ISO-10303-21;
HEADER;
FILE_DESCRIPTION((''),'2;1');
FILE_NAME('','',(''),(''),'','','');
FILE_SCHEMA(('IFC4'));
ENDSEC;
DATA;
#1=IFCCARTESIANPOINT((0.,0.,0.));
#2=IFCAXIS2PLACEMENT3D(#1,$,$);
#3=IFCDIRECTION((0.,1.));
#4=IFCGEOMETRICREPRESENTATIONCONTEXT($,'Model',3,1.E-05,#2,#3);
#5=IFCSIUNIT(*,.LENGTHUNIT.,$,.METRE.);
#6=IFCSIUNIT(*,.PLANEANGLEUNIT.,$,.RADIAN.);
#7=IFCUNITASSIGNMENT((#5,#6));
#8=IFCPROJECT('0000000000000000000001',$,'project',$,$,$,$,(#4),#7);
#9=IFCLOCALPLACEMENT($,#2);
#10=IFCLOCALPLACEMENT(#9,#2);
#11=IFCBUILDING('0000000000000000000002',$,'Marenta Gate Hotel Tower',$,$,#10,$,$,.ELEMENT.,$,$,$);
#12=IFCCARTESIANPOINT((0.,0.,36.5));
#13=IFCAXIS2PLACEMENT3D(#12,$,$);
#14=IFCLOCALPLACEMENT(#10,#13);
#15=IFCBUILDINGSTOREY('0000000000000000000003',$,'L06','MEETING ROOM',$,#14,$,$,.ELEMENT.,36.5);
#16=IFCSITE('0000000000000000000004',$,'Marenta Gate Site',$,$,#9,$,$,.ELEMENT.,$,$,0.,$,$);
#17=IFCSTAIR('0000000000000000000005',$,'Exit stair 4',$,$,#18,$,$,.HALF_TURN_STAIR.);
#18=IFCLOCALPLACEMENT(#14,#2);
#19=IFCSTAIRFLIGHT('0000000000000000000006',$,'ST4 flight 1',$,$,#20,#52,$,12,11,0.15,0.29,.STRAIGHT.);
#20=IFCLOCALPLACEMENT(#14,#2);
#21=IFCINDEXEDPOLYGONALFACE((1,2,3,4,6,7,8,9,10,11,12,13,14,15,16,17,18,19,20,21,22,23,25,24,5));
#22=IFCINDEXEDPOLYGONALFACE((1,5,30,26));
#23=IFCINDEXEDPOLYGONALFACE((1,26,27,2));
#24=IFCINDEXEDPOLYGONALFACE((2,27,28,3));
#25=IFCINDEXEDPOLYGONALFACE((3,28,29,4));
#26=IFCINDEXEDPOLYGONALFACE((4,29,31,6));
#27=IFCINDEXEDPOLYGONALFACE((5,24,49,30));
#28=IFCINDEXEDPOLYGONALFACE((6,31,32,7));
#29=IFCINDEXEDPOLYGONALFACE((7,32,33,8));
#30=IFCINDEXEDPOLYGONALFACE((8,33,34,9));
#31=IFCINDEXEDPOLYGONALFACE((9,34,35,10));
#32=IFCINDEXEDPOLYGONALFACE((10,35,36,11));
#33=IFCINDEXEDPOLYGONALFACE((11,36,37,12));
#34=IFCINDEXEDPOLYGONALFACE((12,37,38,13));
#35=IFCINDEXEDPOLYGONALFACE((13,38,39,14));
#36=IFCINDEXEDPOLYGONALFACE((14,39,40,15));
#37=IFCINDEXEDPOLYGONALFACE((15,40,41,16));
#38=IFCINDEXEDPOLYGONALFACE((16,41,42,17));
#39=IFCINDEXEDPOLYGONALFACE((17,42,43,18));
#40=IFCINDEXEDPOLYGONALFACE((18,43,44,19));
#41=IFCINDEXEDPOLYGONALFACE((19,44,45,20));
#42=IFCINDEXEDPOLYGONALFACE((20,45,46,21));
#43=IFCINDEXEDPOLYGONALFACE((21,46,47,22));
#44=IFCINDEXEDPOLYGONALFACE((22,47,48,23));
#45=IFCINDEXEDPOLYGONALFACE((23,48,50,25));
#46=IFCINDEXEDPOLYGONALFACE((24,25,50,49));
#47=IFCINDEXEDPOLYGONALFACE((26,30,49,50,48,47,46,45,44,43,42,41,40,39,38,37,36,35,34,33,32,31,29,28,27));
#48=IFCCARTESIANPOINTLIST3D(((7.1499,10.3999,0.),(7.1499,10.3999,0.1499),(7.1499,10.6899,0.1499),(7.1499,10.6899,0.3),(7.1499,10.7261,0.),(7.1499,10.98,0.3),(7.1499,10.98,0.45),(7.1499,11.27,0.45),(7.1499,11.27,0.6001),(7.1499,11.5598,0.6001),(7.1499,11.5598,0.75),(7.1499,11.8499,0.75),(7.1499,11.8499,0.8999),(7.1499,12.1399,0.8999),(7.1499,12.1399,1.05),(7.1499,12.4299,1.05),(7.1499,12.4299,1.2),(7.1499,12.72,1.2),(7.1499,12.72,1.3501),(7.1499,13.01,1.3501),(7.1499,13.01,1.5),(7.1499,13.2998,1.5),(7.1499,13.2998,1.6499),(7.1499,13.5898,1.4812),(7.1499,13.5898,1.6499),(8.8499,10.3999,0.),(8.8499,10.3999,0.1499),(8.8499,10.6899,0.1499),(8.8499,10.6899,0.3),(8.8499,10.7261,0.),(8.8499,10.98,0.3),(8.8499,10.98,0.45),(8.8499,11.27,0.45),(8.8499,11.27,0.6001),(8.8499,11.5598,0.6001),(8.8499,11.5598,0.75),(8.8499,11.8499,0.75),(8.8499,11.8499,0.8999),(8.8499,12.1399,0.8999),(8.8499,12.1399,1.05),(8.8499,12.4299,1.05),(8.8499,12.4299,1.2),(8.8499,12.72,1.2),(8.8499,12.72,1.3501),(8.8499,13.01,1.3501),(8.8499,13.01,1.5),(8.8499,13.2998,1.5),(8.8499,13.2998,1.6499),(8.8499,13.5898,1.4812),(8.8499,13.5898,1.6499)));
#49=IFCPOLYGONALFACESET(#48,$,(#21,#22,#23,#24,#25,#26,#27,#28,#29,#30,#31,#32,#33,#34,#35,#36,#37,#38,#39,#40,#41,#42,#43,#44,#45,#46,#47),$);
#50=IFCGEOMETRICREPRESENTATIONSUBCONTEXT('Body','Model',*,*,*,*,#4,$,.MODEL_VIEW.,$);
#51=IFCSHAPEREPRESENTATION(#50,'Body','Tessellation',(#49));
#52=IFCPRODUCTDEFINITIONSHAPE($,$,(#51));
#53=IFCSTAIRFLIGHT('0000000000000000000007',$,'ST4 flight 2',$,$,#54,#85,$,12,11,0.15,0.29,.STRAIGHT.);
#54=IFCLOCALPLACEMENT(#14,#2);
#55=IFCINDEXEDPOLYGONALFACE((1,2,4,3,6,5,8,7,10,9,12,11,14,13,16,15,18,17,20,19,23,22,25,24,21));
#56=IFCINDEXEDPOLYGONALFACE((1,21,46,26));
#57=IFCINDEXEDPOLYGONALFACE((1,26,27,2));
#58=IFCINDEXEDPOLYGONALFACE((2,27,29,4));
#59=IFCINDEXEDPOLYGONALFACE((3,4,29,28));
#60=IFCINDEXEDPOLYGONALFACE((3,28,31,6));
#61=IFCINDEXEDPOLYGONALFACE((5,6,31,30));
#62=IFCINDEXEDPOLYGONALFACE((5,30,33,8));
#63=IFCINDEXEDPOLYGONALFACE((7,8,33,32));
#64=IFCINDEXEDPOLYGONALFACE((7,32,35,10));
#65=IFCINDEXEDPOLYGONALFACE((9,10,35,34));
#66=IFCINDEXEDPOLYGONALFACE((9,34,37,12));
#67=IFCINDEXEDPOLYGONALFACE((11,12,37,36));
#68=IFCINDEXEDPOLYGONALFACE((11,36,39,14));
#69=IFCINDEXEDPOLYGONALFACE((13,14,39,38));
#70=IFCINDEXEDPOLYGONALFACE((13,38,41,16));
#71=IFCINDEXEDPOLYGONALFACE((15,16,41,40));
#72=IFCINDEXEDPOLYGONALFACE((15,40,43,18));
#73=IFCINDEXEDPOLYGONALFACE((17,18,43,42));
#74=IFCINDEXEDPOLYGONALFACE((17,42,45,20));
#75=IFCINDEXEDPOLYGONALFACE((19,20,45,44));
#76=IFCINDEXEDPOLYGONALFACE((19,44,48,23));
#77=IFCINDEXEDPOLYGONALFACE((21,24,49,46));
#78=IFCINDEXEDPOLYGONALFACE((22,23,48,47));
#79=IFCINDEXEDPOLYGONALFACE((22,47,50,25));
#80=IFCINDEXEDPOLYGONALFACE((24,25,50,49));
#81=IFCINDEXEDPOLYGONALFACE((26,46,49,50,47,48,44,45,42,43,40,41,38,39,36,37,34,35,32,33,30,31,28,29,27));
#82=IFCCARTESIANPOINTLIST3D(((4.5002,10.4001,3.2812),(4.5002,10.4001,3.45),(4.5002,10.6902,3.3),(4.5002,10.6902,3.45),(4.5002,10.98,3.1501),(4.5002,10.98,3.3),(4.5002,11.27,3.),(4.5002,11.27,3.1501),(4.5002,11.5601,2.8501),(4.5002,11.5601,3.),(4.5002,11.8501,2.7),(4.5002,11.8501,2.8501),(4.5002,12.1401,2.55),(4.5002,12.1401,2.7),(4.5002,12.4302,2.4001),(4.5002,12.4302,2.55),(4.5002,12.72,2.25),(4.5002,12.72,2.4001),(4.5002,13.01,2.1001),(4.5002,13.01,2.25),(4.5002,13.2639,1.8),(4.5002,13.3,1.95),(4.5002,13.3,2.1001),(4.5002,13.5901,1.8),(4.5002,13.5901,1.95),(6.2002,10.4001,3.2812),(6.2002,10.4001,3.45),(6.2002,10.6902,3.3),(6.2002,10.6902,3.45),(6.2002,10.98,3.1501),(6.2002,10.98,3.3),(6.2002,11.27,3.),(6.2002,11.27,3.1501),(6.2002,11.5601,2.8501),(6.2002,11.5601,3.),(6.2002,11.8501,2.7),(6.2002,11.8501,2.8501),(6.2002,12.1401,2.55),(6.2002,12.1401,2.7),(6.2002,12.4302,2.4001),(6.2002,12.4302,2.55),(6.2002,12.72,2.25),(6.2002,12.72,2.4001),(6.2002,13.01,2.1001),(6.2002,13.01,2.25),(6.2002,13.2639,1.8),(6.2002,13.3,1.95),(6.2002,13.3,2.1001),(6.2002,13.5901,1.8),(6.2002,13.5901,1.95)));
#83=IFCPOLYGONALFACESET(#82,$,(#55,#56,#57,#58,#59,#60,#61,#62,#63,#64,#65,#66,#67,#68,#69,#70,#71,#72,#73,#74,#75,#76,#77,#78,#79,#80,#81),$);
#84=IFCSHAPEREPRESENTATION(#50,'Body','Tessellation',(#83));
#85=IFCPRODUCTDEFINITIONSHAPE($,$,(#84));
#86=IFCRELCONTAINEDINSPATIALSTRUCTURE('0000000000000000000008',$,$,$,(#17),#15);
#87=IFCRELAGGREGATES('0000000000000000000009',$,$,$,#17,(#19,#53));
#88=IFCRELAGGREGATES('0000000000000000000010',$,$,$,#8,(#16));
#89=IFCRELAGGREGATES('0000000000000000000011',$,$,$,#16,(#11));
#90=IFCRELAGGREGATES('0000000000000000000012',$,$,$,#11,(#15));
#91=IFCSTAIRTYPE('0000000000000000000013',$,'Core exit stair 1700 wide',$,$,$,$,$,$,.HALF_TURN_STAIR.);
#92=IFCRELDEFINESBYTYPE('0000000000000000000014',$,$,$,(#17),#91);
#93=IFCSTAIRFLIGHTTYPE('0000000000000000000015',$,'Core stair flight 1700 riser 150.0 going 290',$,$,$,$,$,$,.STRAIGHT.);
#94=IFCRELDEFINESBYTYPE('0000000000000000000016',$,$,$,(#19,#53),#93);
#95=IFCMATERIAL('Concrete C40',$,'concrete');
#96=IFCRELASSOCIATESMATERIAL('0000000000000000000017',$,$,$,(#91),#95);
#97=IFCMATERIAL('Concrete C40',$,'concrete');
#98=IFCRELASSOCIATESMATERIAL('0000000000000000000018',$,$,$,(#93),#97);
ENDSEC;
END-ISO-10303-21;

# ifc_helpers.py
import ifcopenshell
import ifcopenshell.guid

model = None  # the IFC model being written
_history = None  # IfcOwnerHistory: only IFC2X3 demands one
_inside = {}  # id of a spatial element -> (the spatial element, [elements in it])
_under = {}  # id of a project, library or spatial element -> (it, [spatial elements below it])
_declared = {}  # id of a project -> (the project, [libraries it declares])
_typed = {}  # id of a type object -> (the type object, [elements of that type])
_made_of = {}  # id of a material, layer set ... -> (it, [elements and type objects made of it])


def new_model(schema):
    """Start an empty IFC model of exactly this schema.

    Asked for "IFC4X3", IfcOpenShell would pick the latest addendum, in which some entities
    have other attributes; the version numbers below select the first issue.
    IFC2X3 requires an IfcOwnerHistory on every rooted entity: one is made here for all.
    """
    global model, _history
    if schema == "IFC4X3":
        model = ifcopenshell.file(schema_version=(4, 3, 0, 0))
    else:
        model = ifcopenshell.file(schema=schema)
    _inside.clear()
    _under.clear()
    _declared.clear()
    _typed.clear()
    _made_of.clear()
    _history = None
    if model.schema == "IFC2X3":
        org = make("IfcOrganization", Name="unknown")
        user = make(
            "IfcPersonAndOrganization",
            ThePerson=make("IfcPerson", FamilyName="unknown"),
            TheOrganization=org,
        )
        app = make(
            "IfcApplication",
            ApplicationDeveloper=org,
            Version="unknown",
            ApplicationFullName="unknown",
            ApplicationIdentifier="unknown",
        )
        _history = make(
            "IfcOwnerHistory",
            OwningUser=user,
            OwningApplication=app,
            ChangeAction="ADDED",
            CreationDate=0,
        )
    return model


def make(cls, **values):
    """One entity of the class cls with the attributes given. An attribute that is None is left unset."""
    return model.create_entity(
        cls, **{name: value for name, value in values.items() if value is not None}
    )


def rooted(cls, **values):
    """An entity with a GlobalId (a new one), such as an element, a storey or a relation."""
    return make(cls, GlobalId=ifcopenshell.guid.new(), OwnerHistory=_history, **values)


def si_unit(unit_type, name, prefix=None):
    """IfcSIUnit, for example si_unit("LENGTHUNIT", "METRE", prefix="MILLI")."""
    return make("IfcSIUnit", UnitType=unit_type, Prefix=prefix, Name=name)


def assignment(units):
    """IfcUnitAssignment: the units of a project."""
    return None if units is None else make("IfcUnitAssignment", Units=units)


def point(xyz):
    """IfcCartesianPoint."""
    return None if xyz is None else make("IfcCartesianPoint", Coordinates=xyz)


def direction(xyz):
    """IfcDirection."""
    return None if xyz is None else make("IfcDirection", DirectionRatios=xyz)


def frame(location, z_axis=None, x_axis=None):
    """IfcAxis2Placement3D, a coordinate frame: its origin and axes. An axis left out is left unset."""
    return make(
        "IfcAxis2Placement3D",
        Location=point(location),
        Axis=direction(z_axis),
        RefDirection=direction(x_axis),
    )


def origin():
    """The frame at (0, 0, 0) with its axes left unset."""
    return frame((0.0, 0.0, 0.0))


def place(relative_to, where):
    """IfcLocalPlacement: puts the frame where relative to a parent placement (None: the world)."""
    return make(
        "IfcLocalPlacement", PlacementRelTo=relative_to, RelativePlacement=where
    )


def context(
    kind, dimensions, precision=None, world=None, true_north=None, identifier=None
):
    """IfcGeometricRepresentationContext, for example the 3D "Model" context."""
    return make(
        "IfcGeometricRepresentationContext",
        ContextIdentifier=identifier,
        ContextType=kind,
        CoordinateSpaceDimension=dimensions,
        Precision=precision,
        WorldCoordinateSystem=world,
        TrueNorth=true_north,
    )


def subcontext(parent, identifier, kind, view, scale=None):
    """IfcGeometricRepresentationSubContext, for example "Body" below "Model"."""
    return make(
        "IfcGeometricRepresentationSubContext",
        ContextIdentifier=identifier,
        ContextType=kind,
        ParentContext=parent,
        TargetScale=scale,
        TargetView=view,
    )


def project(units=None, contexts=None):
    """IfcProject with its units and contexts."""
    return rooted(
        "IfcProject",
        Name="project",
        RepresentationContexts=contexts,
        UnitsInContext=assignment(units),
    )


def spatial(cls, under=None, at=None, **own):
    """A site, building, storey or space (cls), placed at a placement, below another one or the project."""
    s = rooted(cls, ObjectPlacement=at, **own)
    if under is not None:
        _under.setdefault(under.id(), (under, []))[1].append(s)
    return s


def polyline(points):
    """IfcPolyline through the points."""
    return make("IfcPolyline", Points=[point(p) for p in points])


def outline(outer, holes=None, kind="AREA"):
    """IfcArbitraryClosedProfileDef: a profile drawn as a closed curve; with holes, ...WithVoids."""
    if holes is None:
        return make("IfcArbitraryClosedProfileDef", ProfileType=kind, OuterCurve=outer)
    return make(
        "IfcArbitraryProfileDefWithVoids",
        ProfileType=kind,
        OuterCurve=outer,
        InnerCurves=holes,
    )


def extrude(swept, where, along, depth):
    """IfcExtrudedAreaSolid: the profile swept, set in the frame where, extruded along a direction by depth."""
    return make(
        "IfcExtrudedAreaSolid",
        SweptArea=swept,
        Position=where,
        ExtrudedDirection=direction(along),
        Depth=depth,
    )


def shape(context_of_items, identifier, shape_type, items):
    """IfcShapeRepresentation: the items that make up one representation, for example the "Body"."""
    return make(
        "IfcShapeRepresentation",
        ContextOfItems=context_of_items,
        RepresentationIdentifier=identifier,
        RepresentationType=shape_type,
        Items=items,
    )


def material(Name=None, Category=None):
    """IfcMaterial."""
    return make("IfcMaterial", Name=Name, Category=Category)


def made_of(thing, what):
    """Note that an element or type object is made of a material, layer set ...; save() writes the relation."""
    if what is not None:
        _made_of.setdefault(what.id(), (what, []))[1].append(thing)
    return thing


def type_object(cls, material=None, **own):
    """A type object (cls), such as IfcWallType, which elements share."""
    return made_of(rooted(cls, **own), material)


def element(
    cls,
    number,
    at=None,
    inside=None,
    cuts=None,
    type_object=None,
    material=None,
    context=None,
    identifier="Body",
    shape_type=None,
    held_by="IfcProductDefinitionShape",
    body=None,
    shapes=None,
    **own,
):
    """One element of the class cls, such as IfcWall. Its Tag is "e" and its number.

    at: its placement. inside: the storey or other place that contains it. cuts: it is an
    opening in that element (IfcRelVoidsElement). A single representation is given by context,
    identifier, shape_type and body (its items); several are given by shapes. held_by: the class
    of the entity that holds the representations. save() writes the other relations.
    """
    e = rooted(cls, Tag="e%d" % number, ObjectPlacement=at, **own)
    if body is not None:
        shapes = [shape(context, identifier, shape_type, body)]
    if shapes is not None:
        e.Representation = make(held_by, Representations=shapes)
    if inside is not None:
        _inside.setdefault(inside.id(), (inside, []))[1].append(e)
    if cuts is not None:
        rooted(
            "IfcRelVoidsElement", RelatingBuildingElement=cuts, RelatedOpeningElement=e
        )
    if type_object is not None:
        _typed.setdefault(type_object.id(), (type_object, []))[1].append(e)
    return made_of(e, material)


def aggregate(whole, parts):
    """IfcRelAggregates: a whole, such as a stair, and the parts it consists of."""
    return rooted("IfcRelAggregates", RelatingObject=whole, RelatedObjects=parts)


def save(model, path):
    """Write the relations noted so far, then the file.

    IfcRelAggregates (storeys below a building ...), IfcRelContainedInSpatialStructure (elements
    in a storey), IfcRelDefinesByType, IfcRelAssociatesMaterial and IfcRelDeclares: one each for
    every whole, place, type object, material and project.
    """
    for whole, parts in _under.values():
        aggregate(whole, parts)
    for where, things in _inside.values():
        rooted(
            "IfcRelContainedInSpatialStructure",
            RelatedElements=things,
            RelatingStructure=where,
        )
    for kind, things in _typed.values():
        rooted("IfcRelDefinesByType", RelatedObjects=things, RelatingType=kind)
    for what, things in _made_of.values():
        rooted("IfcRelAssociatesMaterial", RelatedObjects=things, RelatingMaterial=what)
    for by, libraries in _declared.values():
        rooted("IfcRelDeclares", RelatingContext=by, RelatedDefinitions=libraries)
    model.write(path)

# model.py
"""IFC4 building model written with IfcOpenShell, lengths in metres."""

from ifc_helpers import new_model, si_unit, direction, frame, origin, place, context, subcontext, project, spatial, polyline, outline, extrude, material, type_object, element, aggregate, save


model = new_model("IFC4")

# Units and contexts
model_context = context("Model", 3, precision=1e-05, world=origin(), true_north=direction((0.0, 1.0)))
body_context = subcontext(model_context, "Body", "Model", "MODEL_VIEW")
ifc_project = project(units=[si_unit("LENGTHUNIT", "METRE"), si_unit("PLANEANGLEUNIT", "RADIAN")], contexts=[model_context])

# Site, building, storey
site_placement = place(None, origin())
site = spatial("IfcSite", under=ifc_project, at=site_placement, Name="Marenta Gate Site", CompositionType="ELEMENT", RefElevation=0.0)
building_placement = place(site_placement, origin())
building = spatial("IfcBuilding", under=site, at=building_placement, Name="Marenta Gate Hotel Tower", CompositionType="ELEMENT")
storey_placement = place(building_placement, frame((0.0, 0.0, 36.5)))
storey = spatial("IfcBuildingStorey", under=building, at=storey_placement, Name="L06", Description="MEETING ROOM", CompositionType="ELEMENT", Elevation=36.5)

# Stair, stair flights
ifc_material_1 = material(Name="Concrete C40", Category="concrete")
stair_type = type_object("IfcStairType", Name="Core exit stair 1700 wide", PredefinedType="HALF_TURN_STAIR", material=ifc_material_1)
stair_placement = place(storey_placement, origin())
stair = element("IfcStair", 1, at=stair_placement, inside=storey, type_object=stair_type, Name="Exit stair 4", PredefinedType="HALF_TURN_STAIR")
ifc_material_2 = material(Name="Concrete C40", Category="concrete")
stair_flight_type = type_object("IfcStairFlightType", Name="Core stair flight 1700 riser 150.0 going 290", PredefinedType="STRAIGHT", material=ifc_material_2)
stair_flight_1_placement = place(storey_placement, frame((8.0, 10.3999, 0.0), z_axis=(0.0, 0.0, 1.0), x_axis=(0.0, 1.0, 0.0)))
stair_flight_1 = element("IfcStairFlight", 2, at=stair_flight_1_placement, type_object=stair_flight_type, Name="ST4 flight 1", NumberOfRisers=12, NumberOfTreads=11, PredefinedType="STRAIGHT", RiserHeight=0.15, TreadLength=0.29, context=body_context, shape_type="SweptSolid", body=[
    extrude(outline(polyline([(0.0, 0.0), (0.0, 0.1499), (0.29, 0.1499), (0.29, 0.3), (0.5801, 0.3), (0.5801, 0.45), (0.8701, 0.45), (0.8701, 0.6001), (1.1599, 0.6001), (1.1599, 0.75), (1.45, 0.75), (1.45, 0.8999), (1.74, 0.8999), (1.74, 1.05), (2.03, 1.05), (2.03, 1.2), (2.3201, 1.2), (2.3201, 1.3501), (2.6101, 1.3501), (2.6101, 1.5), (2.8999, 1.5), (2.8999, 1.6499), (3.1899, 1.6499), (3.1899, 1.8), (3.1899, 1.4812), (0.3262, 0.0), (0.0, 0.0)])), frame((0.0, 0.8501, 0.0), z_axis=(0.0, -1.0, 0.0), x_axis=(1.0, 0.0, 0.0)), (0.0, 0.0, 1.0), 1.7),
])
stair_flight_2_placement = place(storey_placement, frame((5.3501, 13.5901, 1.8), z_axis=(0.0, 0.0, 1.0), x_axis=(0.0, -1.0, 0.0)))
stair_flight_2 = element("IfcStairFlight", 3, at=stair_flight_2_placement, type_object=stair_flight_type, Name="ST4 flight 2", NumberOfRisers=12, NumberOfTreads=11, PredefinedType="STRAIGHT", RiserHeight=0.15, TreadLength=0.29, context=body_context, shape_type="SweptSolid", body=[
    extrude(outline(polyline([(0.0, 0.0), (0.0, 0.1499), (0.29, 0.1499), (0.29, 0.3), (0.5801, 0.3), (0.5801, 0.45), (0.8701, 0.45), (0.8701, 0.6001), (1.1599, 0.6001), (1.1599, 0.75), (1.45, 0.75), (1.45, 0.8999), (1.74, 0.8999), (1.74, 1.05), (2.03, 1.05), (2.03, 1.2), (2.3201, 1.2), (2.3201, 1.3501), (2.6101, 1.3501), (2.6101, 1.5), (2.8999, 1.5), (2.8999, 1.6499), (3.1899, 1.6499), (3.1899, 1.8), (3.1899, 1.4812), (0.3262, 0.0), (0.0, 0.0)])), frame((0.0, 0.8501, 0.0), z_axis=(0.0, -1.0, 0.0), x_axis=(1.0, 0.0, 0.0)), (0.0, 0.0, 1.0), 1.7),
])
aggregate(stair, [stair_flight_1, stair_flight_2])

save(model, "model.ifc")
